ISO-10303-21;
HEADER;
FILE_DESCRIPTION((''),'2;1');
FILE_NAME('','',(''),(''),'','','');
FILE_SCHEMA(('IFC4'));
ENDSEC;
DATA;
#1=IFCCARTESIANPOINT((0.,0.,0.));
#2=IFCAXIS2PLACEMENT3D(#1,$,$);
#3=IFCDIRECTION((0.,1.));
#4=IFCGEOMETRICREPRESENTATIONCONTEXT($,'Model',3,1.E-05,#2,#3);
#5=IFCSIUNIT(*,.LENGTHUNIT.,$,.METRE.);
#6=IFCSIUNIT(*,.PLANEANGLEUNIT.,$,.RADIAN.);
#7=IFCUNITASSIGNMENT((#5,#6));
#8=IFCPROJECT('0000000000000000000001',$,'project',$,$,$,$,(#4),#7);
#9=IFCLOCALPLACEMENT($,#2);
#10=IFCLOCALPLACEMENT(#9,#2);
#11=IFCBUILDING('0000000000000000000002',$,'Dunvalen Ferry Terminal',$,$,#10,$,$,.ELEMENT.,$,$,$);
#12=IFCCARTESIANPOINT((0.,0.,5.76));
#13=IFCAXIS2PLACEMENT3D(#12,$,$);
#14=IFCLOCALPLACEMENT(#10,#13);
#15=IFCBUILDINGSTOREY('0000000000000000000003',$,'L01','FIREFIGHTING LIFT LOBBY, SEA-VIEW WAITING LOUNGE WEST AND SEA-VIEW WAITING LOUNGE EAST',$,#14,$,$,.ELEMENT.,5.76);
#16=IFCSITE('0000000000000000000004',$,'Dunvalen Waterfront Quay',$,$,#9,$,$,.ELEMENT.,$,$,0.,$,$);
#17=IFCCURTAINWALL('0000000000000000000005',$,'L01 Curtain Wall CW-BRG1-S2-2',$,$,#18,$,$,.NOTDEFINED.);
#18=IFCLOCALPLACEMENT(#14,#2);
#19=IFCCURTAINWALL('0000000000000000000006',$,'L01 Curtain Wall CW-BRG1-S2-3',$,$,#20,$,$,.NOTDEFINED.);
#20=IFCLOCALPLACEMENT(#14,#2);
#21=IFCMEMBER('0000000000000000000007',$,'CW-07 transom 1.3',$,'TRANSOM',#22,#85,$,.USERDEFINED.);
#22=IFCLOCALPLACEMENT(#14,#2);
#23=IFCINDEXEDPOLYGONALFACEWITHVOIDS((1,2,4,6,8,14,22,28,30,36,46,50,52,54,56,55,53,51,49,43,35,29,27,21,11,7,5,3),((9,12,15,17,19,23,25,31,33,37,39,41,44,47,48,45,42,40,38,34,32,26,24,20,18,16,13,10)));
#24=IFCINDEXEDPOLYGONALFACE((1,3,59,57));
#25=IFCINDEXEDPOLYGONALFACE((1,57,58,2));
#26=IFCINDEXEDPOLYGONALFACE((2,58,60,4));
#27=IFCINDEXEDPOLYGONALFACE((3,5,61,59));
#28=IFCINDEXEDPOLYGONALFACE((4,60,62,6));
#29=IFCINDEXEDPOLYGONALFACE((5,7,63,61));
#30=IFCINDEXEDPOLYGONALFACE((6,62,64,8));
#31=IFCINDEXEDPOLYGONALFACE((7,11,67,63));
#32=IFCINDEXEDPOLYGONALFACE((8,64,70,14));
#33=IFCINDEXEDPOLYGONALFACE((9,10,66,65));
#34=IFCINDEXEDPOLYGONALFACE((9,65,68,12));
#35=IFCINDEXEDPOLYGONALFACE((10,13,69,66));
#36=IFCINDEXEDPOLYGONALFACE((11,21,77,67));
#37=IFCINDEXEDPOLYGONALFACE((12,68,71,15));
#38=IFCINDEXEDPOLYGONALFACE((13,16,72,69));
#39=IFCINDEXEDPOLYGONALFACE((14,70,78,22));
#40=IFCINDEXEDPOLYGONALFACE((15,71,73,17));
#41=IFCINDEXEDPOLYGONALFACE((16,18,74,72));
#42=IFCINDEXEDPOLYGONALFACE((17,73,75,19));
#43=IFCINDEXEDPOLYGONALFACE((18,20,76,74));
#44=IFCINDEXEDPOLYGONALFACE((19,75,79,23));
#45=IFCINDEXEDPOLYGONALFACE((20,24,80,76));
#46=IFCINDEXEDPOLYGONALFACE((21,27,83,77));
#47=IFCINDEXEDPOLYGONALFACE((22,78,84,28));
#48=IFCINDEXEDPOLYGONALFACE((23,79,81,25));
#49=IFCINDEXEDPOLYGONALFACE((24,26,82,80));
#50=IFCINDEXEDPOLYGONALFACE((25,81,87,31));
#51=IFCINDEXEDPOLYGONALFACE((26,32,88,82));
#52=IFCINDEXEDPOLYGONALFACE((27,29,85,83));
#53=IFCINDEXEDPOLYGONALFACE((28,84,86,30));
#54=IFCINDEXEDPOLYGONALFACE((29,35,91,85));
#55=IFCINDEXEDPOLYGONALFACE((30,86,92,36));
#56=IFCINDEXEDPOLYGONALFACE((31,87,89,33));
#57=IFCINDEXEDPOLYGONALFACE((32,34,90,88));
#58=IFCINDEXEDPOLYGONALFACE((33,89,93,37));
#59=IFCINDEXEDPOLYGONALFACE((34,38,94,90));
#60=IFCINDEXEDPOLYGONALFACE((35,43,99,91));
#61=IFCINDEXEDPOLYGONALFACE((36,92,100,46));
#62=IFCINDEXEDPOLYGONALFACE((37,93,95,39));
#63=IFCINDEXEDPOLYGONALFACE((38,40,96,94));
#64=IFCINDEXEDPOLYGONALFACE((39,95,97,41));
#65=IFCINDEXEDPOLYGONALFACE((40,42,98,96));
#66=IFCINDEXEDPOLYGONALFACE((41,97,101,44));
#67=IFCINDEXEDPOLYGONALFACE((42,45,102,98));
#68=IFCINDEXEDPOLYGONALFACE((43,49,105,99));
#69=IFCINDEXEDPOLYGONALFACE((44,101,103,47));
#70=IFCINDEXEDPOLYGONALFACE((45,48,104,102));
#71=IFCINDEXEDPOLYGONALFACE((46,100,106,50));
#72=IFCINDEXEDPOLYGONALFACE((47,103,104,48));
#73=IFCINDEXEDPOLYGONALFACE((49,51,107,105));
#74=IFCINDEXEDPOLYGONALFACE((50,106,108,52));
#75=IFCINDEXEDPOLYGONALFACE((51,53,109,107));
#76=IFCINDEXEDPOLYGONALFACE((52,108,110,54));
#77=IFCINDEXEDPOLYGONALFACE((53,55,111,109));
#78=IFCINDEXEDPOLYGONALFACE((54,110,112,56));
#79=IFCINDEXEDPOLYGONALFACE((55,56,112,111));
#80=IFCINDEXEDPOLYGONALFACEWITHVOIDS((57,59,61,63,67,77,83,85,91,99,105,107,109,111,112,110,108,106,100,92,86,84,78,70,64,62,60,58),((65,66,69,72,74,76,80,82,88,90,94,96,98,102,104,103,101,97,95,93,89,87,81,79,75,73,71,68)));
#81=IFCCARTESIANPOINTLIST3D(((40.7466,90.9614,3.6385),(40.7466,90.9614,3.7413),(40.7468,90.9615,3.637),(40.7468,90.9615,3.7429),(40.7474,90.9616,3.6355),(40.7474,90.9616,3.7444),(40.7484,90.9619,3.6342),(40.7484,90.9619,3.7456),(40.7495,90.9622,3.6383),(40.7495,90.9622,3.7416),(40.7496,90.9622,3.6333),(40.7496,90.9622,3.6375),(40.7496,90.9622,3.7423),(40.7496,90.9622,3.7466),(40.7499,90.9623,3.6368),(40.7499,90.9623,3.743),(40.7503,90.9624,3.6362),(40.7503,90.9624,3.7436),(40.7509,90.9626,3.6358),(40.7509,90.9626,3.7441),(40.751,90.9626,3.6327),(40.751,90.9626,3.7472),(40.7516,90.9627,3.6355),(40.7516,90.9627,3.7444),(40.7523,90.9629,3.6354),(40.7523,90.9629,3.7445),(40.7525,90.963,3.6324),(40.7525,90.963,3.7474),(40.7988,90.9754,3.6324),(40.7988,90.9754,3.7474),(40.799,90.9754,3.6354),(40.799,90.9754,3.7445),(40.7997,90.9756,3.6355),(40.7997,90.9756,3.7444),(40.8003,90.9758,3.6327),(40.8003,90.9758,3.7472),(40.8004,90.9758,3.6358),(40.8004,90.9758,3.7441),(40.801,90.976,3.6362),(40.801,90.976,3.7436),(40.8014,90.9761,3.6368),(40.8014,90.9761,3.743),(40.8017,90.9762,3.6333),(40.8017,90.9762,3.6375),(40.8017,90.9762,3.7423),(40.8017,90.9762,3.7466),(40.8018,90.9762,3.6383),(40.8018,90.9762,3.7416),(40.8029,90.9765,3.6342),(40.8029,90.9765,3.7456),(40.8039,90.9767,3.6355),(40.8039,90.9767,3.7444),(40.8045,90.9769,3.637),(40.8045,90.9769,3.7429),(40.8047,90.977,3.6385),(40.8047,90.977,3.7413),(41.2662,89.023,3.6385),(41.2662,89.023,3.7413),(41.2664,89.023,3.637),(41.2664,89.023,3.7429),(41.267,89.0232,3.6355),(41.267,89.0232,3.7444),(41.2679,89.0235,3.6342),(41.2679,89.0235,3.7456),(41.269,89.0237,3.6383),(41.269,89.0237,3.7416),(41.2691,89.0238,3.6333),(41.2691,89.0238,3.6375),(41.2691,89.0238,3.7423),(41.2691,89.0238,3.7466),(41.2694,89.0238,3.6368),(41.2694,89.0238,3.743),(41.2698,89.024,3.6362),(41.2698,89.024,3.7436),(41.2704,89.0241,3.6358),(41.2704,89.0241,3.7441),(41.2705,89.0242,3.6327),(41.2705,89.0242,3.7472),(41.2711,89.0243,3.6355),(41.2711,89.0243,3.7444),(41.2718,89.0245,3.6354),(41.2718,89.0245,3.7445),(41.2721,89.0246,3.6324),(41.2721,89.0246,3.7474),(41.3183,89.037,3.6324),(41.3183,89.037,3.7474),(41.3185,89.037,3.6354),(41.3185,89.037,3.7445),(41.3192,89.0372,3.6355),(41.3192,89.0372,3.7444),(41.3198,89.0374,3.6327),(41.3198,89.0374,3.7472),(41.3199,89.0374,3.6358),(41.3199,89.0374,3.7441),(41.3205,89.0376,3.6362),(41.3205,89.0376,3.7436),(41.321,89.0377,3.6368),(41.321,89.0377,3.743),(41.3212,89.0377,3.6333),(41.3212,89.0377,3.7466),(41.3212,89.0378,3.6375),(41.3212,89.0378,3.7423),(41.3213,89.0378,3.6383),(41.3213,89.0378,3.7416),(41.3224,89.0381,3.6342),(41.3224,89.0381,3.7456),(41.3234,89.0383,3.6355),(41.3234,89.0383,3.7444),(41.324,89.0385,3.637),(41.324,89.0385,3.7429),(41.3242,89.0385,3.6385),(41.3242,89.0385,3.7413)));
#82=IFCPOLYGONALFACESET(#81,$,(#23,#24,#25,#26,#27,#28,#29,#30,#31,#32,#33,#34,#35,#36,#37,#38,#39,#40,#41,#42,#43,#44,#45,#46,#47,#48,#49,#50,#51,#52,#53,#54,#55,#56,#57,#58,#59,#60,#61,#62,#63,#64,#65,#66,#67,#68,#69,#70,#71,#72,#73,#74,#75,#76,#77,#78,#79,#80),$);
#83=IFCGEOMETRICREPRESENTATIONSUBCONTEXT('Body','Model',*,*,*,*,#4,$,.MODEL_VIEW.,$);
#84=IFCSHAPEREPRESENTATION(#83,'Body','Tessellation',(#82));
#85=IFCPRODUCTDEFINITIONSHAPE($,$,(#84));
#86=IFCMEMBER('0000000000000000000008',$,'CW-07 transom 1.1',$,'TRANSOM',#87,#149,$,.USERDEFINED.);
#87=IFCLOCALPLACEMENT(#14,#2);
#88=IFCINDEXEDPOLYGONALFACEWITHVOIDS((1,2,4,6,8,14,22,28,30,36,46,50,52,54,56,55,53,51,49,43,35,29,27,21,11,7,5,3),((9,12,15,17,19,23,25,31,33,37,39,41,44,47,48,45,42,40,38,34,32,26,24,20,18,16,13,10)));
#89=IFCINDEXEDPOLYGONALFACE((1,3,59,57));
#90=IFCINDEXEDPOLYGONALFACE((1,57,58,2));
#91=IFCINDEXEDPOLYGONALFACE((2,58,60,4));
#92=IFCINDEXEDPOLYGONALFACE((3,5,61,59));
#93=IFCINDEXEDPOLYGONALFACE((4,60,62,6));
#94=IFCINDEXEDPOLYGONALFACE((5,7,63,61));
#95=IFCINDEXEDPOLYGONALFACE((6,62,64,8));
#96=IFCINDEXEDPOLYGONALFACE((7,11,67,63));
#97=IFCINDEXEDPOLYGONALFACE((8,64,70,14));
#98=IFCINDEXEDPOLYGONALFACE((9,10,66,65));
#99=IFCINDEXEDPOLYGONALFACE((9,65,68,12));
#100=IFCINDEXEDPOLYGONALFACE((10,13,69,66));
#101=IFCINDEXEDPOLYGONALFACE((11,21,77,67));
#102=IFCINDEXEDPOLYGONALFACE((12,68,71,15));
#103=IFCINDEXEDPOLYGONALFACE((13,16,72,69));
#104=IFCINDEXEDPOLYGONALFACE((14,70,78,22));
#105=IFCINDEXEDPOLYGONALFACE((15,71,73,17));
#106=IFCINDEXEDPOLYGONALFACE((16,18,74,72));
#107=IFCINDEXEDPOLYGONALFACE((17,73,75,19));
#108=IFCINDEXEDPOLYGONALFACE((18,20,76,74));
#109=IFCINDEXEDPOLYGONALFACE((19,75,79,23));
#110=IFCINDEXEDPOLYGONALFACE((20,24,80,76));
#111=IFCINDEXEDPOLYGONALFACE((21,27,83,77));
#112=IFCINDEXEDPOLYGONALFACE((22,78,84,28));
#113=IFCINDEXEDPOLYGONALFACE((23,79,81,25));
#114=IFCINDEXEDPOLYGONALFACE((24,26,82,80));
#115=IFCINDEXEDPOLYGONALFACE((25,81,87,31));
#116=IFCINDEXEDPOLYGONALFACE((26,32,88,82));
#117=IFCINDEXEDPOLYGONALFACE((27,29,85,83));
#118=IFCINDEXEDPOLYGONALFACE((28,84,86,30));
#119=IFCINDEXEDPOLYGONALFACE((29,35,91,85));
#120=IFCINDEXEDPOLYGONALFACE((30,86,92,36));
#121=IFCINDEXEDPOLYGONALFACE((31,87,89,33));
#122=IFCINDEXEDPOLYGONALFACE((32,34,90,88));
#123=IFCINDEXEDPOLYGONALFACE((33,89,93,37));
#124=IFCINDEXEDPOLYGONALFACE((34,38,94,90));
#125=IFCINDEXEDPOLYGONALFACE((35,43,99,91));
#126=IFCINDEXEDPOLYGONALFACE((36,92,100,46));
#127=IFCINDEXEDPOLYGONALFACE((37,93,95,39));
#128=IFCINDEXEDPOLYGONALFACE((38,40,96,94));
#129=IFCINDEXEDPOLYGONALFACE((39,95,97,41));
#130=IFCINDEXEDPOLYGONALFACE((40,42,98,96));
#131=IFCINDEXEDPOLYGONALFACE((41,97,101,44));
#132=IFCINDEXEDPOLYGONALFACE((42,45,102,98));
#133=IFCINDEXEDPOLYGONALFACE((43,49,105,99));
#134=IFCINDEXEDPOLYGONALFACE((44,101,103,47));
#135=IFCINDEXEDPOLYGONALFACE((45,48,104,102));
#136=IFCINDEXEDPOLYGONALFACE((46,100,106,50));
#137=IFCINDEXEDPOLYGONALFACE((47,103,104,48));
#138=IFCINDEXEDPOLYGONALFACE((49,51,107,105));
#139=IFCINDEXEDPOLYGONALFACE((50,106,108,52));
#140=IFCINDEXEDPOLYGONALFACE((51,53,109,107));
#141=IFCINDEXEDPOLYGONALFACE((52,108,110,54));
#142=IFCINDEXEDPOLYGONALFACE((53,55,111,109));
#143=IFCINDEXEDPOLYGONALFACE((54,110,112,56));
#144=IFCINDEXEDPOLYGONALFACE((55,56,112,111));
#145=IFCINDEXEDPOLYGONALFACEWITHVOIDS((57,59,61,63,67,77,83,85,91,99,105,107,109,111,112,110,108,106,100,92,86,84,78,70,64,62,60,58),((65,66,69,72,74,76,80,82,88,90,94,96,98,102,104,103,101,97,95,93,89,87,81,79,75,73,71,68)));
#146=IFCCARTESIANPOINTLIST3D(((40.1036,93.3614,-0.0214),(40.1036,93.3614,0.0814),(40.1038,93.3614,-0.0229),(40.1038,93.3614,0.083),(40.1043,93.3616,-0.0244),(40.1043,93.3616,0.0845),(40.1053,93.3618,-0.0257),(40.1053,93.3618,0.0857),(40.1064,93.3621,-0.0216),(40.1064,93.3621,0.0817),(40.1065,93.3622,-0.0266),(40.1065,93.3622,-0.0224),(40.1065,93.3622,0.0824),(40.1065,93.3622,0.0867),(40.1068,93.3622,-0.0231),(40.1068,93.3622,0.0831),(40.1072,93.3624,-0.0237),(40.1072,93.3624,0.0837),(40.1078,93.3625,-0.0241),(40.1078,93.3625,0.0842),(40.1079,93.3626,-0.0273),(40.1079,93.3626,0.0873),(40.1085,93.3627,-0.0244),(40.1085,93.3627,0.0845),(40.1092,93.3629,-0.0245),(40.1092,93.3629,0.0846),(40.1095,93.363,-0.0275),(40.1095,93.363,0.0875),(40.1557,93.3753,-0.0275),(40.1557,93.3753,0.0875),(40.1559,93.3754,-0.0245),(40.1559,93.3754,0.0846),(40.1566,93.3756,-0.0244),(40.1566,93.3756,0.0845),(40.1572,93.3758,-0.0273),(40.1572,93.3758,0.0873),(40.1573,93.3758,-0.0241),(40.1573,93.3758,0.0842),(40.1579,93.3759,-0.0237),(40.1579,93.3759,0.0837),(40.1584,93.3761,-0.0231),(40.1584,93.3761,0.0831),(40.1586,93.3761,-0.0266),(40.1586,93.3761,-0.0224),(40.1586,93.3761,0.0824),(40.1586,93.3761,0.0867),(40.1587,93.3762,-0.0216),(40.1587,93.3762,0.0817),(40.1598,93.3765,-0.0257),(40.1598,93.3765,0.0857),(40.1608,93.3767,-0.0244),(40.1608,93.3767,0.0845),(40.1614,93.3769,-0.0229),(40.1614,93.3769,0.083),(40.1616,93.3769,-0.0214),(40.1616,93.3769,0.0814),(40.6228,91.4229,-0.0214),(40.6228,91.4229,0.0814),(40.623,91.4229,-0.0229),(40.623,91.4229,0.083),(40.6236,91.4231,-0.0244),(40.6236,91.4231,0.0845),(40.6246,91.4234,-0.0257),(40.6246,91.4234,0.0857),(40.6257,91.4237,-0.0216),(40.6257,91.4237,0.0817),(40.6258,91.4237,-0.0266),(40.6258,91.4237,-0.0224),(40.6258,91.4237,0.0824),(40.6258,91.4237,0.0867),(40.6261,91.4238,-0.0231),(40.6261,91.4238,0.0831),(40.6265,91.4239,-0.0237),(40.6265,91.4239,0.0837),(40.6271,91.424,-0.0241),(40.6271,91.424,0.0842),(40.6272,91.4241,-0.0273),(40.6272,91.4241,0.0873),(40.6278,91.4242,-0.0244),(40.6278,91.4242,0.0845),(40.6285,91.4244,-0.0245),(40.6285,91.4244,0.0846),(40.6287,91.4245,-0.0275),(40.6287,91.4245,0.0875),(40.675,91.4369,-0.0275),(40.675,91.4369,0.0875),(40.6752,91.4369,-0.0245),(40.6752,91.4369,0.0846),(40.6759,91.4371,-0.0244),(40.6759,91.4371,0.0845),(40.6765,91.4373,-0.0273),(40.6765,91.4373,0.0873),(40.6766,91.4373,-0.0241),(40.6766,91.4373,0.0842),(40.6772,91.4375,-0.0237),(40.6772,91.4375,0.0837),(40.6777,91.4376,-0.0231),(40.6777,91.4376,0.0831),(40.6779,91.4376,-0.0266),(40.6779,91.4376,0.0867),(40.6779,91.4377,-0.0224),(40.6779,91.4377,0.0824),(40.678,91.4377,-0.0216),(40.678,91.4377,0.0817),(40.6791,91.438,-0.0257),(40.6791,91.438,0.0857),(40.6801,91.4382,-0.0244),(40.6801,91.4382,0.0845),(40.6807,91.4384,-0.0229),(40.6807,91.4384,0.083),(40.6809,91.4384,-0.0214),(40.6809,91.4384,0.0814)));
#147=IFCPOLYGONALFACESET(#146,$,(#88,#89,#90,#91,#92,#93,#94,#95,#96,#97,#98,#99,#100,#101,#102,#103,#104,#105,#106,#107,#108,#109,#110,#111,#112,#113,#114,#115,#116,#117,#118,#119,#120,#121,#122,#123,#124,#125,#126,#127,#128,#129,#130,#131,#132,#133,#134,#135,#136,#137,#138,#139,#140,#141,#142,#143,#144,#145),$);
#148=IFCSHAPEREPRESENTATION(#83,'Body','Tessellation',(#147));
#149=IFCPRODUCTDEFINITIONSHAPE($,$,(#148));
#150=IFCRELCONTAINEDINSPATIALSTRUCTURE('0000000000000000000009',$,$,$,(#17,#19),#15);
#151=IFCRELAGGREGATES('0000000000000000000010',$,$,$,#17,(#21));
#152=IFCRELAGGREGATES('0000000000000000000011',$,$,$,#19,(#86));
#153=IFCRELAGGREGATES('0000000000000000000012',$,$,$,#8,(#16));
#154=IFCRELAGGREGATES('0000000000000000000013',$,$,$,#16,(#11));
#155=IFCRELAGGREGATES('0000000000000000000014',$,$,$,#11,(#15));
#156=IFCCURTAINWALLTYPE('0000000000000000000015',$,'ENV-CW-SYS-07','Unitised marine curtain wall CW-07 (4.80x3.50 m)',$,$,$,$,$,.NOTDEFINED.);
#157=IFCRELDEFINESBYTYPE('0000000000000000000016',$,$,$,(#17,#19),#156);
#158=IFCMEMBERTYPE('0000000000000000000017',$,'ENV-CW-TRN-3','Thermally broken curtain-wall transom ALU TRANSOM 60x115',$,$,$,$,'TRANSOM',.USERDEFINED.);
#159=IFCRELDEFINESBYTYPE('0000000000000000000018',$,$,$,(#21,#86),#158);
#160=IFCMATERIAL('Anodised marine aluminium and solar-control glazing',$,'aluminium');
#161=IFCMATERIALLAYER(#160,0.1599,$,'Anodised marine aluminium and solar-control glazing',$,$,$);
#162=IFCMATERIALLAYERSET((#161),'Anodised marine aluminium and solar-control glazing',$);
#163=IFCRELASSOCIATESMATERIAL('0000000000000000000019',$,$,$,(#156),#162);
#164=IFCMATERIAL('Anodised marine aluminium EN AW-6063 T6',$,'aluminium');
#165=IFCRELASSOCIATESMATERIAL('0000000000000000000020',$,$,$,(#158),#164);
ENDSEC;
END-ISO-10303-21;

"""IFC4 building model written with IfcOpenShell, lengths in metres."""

from ifc_helpers import new_model, si_unit, direction, frame, origin, origin_2d, place, context, subcontext, project, spatial, hollow_rectangle, extrude, material, layer, layer_set, material_profile, profile_set, type_object, element, aggregate, save


model = new_model("IFC4")

# Units and contexts
model_context = context("Model", 3, precision=1e-05, world=origin(), true_north=direction((0.0, 1.0)))
body_context = subcontext(model_context, "Body", "Model", "MODEL_VIEW")
ifc_project = project(units=[si_unit("LENGTHUNIT", "METRE"), si_unit("PLANEANGLEUNIT", "RADIAN")], contexts=[model_context])

# Site, building, storey
site_placement = place(None, origin())
site = spatial("IfcSite", under=ifc_project, at=site_placement, Name="Dunvalen Waterfront Quay", CompositionType="ELEMENT", RefElevation=0.0)
building_placement = place(site_placement, origin())
building = spatial("IfcBuilding", under=site, at=building_placement, Name="Dunvalen Ferry Terminal", CompositionType="ELEMENT")
storey_placement = place(building_placement, frame((0.0, 0.0, 5.76)))
storey = spatial("IfcBuildingStorey", under=building, at=storey_placement, Name="L01", Description="FIREFIGHTING LIFT LOBBY, SEA-VIEW WAITING LOUNGE WEST AND SEA-VIEW WAITING LOUNGE EAST", CompositionType="ELEMENT", Elevation=5.76)

# Curtain walls
ifc_material_1 = material(Name="Anodised marine aluminium and solar-control glazing", Category="aluminium")
ifc_layer_1 = layer(ifc_material_1, 0.1599, Name="Anodised marine aluminium and solar-control glazing")
ifc_layer_set_1 = layer_set([ifc_layer_1], Name="Anodised marine aluminium and solar-control glazing")
curtain_wall_type = type_object("IfcCurtainWallType", Name="ENV-CW-SYS-07", Description="Unitised marine curtain wall CW-07 (4.80x3.50 m)", PredefinedType="NOTDEFINED", material=ifc_layer_set_1)
ifc_material_2 = material(Name="Anodised marine aluminium EN AW-6063 T6", Category="aluminium")
curtain_wall_1_placement = place(storey_placement, origin())
curtain_wall_1 = element("IfcCurtainWall", 1, at=curtain_wall_1_placement, inside=storey, type_object=curtain_wall_type, Name="L01 Curtain Wall CW-BRG1-S2-2", PredefinedType="NOTDEFINED")
curtain_wall_2_placement = place(storey_placement, origin())
curtain_wall_2 = element("IfcCurtainWall", 2, at=curtain_wall_2_placement, inside=storey, type_object=curtain_wall_type, Name="L01 Curtain Wall CW-BRG1-S2-3", PredefinedType="NOTDEFINED")

# Members
ifc_material_profile_1 = material_profile(ifc_material_2, hollow_rectangle(XDim=0.0601, YDim=0.115, WallThickness=0.0029, InnerFilletRadius=0.0029, OuterFilletRadius=0.0061, at=origin_2d()), Name="Anodised marine aluminium EN AW-6063 T6")
ifc_profile_set_1 = profile_set([ifc_material_profile_1], Name="Anodised marine aluminium EN AW-6063 T6")
member_type_1 = type_object("IfcMemberType", Name="ENV-CW-TRN-3", Description="Thermally broken curtain-wall transom ALU TRANSOM 60x115", ElementType="TRANSOM", PredefinedType="USERDEFINED", material=ifc_profile_set_1)
member_1_placement = place(storey_placement, frame((41.2952, 89.0308, 3.6899), z_axis=(-0.258874, 0.965911, 0.0), x_axis=(-0.965911, -0.258874, 0.0)))
member_1 = element("IfcMember", 3, at=member_1_placement, type_object=member_type_1, Name="CW-07 transom 1.3", ObjectType="TRANSOM", PredefinedType="USERDEFINED", context=body_context, shape_type="SweptSolid", body=[
    extrude(hollow_rectangle(XDim=0.0601, YDim=0.115, WallThickness=0.0029, InnerFilletRadius=0.0029, OuterFilletRadius=0.0061, at=origin_2d()), origin(), (0.0, 0.0, 1.0), 2.0068),
])
member_2_placement = place(storey_placement, frame((40.6519, 91.4307, 0.03), z_axis=(-0.25876, 0.965942, 0.0), x_axis=(-0.965942, -0.25876, 0.0)))
member_2 = element("IfcMember", 4, at=member_2_placement, type_object=member_type_1, Name="CW-07 transom 1.1", ObjectType="TRANSOM", PredefinedType="USERDEFINED", context=body_context, shape_type="SweptSolid", body=[
    extrude(hollow_rectangle(XDim=0.0601, YDim=0.115, WallThickness=0.0029, InnerFilletRadius=0.0029, OuterFilletRadius=0.0061, at=origin_2d()), origin(), (0.0, 0.0, 1.0), 2.0068),
])

aggregate(curtain_wall_1, [member_1])
aggregate(curtain_wall_2, [member_2])

save(model, "model.ifc")
